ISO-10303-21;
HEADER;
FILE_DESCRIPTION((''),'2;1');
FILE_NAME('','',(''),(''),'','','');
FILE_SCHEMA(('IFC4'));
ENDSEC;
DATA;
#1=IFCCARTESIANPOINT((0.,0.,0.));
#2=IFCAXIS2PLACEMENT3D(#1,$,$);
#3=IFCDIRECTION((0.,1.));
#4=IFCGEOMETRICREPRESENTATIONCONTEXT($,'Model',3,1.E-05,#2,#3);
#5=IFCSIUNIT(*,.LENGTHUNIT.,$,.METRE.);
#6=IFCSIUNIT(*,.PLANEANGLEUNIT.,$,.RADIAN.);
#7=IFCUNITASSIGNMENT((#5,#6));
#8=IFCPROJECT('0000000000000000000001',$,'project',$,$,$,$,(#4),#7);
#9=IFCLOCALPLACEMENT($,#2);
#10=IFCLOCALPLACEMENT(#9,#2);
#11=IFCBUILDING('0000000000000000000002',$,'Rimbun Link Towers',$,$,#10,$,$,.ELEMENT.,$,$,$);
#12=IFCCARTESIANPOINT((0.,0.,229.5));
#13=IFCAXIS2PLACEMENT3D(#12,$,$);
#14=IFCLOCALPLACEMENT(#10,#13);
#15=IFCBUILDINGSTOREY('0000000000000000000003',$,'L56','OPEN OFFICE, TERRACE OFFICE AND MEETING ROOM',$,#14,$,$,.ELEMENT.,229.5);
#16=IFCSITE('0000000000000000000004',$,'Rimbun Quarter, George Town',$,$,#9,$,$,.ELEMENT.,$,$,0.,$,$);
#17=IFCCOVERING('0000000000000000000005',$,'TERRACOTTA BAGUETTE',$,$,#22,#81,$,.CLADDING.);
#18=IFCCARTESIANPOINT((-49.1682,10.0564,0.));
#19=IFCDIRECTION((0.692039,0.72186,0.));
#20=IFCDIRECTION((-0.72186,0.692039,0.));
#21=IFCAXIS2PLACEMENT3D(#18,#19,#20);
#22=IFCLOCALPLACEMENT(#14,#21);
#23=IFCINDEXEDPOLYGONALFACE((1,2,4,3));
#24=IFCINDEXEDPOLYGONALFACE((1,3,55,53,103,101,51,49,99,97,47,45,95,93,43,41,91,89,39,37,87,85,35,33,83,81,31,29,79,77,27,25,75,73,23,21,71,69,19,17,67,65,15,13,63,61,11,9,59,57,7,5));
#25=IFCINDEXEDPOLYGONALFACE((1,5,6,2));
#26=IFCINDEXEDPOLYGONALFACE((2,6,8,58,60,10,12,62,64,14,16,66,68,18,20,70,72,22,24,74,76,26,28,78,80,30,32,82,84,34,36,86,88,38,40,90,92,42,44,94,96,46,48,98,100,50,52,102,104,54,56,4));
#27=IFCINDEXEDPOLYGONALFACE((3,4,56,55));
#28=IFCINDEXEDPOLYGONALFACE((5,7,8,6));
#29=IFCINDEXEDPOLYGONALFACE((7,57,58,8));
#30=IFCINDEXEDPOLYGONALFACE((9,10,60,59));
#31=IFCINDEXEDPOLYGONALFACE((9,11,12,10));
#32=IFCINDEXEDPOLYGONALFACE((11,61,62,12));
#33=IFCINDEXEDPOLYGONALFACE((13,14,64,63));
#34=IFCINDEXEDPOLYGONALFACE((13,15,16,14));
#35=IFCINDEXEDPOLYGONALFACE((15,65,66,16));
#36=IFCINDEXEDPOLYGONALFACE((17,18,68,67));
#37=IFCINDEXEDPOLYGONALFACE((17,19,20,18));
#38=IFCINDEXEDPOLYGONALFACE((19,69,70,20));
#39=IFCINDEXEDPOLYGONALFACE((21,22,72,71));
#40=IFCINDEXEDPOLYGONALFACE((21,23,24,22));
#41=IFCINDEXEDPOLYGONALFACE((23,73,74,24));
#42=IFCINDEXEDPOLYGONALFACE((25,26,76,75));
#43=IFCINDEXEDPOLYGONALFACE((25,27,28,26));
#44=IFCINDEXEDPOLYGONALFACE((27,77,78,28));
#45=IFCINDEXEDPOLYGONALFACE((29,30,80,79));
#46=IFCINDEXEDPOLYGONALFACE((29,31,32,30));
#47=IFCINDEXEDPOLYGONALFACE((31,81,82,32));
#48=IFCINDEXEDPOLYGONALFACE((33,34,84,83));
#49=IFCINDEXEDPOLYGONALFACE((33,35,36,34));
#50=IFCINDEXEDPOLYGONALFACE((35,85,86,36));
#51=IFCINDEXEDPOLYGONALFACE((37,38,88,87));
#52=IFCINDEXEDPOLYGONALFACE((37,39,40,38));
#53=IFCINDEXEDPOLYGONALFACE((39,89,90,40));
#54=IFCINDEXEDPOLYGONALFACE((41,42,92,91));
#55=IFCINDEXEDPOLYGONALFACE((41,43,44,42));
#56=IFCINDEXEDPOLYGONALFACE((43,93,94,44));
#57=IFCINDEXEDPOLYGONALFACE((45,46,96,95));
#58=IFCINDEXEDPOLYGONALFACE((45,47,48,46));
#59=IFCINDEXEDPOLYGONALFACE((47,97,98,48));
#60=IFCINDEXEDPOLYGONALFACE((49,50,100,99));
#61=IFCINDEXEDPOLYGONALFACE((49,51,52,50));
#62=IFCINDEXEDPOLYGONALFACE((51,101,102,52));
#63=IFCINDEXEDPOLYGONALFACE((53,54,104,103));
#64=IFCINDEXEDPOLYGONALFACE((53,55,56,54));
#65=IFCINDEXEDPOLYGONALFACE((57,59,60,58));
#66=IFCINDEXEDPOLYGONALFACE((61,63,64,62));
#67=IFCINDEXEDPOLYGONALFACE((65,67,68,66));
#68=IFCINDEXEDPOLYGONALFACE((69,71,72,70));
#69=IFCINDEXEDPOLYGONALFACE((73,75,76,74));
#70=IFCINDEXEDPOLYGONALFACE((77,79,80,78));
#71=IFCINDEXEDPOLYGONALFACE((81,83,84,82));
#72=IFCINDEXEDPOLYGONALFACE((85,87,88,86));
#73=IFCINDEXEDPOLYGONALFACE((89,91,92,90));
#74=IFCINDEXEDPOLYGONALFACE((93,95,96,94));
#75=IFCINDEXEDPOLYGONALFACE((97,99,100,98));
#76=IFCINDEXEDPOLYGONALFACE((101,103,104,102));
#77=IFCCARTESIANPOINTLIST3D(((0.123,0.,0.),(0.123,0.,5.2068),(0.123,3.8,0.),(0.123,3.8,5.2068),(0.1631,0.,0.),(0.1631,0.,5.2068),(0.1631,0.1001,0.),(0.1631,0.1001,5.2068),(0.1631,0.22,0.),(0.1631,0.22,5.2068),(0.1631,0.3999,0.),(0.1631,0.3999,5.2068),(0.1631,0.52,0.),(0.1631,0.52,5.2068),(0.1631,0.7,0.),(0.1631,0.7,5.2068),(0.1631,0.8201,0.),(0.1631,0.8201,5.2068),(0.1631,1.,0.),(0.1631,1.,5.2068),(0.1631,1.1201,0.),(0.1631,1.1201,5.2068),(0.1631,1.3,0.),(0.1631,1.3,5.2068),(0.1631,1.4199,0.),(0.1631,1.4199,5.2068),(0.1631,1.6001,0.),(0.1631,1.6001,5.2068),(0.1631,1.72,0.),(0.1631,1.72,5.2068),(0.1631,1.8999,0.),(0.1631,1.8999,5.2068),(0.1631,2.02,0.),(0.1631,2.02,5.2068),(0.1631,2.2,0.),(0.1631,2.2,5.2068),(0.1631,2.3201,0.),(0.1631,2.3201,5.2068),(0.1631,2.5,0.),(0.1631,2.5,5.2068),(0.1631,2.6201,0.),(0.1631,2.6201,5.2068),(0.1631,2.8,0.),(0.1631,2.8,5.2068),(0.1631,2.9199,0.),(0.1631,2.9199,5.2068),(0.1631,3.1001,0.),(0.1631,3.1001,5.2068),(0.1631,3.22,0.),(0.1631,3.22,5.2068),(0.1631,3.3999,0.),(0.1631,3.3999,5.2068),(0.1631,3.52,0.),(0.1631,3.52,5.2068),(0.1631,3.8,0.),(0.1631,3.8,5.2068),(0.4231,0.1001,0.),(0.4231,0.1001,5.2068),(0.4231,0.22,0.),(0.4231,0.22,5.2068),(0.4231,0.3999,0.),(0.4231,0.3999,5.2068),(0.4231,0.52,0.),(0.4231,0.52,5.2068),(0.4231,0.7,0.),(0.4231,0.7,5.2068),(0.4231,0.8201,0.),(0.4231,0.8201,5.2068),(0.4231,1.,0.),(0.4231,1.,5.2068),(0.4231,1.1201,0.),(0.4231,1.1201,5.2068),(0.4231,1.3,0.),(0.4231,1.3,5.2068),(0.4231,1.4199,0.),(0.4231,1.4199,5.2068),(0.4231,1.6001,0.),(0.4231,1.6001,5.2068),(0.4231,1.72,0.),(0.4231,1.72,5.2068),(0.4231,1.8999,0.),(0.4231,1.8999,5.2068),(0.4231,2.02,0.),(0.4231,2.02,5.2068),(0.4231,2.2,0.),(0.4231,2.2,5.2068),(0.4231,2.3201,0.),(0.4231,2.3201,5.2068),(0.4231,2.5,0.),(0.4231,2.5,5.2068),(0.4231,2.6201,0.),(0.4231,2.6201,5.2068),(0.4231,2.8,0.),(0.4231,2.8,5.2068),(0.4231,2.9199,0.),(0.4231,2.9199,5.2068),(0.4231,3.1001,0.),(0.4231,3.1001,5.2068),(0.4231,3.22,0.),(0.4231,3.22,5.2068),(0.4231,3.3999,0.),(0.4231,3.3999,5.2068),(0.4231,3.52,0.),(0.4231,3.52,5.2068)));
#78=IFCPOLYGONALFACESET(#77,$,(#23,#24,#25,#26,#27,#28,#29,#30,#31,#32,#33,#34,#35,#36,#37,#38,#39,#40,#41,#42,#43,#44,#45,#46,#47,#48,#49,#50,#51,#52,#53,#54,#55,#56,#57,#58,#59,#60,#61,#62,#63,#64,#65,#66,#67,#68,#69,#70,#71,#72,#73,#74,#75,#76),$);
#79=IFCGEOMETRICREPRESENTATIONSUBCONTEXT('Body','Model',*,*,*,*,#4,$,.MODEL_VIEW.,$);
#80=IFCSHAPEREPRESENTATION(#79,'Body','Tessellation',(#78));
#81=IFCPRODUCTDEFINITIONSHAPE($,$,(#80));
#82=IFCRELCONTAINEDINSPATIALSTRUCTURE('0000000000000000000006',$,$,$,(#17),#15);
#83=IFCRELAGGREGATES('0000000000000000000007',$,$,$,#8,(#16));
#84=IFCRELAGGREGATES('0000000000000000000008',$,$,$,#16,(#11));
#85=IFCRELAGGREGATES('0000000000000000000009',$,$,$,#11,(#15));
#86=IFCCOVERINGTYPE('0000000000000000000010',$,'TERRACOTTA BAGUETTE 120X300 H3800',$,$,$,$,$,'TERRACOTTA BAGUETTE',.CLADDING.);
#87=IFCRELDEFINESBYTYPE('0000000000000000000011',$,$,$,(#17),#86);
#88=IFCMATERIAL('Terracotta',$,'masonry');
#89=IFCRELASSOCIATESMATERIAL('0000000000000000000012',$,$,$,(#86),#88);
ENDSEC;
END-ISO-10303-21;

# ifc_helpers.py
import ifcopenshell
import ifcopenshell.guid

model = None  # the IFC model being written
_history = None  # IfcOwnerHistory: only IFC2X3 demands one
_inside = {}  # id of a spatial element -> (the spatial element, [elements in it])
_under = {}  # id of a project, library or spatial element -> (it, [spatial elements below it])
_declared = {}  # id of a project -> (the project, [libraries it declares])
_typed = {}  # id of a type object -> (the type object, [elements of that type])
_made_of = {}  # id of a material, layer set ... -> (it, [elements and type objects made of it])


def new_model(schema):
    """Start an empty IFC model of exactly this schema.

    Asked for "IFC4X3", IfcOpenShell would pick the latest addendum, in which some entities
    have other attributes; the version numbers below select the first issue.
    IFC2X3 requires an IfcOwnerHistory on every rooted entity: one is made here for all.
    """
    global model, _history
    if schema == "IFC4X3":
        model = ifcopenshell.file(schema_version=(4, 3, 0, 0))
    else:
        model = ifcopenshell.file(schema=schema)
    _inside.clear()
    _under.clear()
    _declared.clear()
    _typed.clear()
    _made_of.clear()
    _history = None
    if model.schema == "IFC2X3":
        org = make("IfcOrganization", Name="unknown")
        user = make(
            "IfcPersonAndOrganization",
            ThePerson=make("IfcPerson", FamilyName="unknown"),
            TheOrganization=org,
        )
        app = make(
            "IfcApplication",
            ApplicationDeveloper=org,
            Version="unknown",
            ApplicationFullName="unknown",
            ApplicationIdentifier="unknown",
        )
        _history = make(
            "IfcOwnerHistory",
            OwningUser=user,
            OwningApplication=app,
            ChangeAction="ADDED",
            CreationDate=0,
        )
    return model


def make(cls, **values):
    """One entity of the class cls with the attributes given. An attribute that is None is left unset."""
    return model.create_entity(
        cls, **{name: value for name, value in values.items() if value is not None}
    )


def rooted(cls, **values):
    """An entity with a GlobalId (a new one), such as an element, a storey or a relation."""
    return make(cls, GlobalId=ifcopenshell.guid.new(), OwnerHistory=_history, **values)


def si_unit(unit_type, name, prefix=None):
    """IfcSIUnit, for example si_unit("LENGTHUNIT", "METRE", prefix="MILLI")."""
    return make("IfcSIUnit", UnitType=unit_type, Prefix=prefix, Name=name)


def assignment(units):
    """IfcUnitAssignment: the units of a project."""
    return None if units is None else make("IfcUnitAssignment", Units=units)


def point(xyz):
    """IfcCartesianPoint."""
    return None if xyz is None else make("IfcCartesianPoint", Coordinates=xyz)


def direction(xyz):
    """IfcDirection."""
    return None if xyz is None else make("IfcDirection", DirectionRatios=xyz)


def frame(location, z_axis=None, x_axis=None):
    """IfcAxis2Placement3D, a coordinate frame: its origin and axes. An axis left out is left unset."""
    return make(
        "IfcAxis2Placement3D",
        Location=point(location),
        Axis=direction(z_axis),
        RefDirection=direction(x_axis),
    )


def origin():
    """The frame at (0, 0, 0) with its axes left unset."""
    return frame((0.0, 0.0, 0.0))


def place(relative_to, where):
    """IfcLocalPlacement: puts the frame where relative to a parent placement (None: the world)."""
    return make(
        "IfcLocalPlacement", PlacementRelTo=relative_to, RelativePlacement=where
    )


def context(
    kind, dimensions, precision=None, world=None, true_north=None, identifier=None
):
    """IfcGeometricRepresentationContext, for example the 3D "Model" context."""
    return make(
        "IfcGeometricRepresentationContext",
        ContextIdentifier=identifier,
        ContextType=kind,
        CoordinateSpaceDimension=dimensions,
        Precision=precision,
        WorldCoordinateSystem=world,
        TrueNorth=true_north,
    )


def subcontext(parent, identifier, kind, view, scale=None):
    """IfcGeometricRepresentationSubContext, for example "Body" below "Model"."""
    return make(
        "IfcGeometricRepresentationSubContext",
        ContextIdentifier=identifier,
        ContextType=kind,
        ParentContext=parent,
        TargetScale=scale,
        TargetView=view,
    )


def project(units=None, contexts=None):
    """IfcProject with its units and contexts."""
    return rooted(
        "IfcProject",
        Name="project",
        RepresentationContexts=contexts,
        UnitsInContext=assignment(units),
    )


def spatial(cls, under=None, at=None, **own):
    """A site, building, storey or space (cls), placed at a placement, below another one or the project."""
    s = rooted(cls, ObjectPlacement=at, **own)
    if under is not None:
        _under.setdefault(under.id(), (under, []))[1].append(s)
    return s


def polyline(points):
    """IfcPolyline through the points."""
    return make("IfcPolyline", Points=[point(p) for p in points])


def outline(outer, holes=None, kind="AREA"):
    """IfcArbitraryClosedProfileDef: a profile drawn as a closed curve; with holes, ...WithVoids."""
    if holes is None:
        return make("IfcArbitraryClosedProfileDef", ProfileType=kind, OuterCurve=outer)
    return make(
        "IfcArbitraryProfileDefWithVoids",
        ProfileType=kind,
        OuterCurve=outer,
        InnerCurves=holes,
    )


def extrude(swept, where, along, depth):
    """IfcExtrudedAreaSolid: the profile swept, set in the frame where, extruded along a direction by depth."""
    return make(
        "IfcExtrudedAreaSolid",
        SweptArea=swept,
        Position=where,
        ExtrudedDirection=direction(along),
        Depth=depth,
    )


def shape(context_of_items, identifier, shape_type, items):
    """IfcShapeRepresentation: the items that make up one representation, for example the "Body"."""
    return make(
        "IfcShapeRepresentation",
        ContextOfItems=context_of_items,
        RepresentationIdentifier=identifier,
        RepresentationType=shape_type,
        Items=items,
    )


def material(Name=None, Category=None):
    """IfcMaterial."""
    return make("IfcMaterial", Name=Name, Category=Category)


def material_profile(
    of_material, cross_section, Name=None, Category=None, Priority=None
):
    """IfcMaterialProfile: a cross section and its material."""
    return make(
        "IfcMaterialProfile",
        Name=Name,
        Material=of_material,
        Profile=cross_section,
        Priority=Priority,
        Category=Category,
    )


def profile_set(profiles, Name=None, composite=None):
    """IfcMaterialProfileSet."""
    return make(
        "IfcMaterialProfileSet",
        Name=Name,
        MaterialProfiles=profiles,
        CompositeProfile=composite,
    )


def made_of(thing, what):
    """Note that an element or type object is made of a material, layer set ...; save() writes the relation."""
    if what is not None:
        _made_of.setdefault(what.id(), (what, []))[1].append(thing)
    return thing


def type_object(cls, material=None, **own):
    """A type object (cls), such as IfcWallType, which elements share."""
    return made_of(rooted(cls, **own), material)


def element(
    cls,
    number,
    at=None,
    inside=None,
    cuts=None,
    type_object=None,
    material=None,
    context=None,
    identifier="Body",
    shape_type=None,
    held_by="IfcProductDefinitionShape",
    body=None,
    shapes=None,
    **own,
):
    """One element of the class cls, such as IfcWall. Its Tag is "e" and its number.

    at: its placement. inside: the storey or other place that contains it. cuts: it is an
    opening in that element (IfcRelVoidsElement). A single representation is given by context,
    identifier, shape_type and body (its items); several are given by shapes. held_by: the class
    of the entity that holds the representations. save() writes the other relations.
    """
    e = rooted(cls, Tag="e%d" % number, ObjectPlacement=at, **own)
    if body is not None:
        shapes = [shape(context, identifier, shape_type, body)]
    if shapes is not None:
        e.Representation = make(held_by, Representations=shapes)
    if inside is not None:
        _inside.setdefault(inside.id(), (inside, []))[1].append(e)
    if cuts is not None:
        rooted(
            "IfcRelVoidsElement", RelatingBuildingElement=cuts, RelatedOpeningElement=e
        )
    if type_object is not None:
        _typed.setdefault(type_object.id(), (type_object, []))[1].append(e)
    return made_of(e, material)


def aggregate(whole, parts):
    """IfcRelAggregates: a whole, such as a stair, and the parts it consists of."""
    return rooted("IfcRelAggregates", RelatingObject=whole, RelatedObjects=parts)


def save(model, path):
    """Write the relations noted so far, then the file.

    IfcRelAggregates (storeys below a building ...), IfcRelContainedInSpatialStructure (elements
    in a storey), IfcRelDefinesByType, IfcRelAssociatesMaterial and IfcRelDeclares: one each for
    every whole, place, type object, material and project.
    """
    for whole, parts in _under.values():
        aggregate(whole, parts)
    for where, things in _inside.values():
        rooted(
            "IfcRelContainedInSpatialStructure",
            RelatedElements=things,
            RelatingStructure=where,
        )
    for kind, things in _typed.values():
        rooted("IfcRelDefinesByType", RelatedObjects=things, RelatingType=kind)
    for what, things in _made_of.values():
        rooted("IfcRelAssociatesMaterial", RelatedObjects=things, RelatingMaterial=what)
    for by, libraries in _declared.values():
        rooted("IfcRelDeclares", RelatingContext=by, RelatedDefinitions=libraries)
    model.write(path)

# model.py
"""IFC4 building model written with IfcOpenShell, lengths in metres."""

from ifc_helpers import new_model, si_unit, direction, frame, origin, place, context, subcontext, project, spatial, polyline, outline, extrude, material, material_profile, profile_set, type_object, element, save


model = new_model("IFC4")

# Units and contexts
model_context = context("Model", 3, precision=1e-05, world=origin(), true_north=direction((0.0, 1.0)))
body_context = subcontext(model_context, "Body", "Model", "MODEL_VIEW")
ifc_project = project(units=[si_unit("LENGTHUNIT", "METRE"), si_unit("PLANEANGLEUNIT", "RADIAN")], contexts=[model_context])

# Site, building, storey
site_placement = place(None, origin())
site = spatial("IfcSite", under=ifc_project, at=site_placement, Name="Rimbun Quarter, George Town", CompositionType="ELEMENT", RefElevation=0.0)
building_placement = place(site_placement, origin())
building = spatial("IfcBuilding", under=site, at=building_placement, Name="Rimbun Link Towers", CompositionType="ELEMENT")
storey_placement = place(building_placement, frame((0.0, 0.0, 229.5)))
storey = spatial("IfcBuildingStorey", under=building, at=storey_placement, Name="L56", Description="OPEN OFFICE, TERRACE OFFICE AND MEETING ROOM", CompositionType="ELEMENT", Elevation=229.5)

# Covering
ifc_material_1 = material(Name="Terracotta", Category="masonry")
ifc_material_profile_1 = material_profile(ifc_material_1, outline(polyline([(0.123, 0.0), (0.1631, 0.0), (0.1631, 0.1001), (0.4231, 0.1001), (0.4231, 0.22), (0.1631, 0.22), (0.1631, 0.3999), (0.4231, 0.3999), (0.4231, 0.52), (0.1631, 0.52), (0.1631, 0.7), (0.4231, 0.7), (0.4231, 0.8201), (0.1631, 0.8201), (0.1631, 1.0), (0.4231, 1.0), (0.4231, 1.1201), (0.1631, 1.1201), (0.1631, 1.3), (0.4231, 1.3), (0.4231, 1.4199), (0.1631, 1.4199), (0.1631, 1.6001), (0.4231, 1.6001), (0.4231, 1.72), (0.1631, 1.72), (0.1631, 1.8999), (0.4231, 1.8999), (0.4231, 2.02), (0.1631, 2.02), (0.1631, 2.2), (0.4231, 2.2), (0.4231, 2.3201), (0.1631, 2.3201), (0.1631, 2.5), (0.4231, 2.5), (0.4231, 2.6201), (0.1631, 2.6201), (0.1631, 2.8), (0.4231, 2.8), (0.4231, 2.9199), (0.1631, 2.9199), (0.1631, 3.1001), (0.4231, 3.1001), (0.4231, 3.22), (0.1631, 3.22), (0.1631, 3.3999), (0.4231, 3.3999), (0.4231, 3.52), (0.1631, 3.52), (0.1631, 3.8), (0.123, 3.8), (0.123, 0.0)])), Name="BAGUETTE 120X300")
ifc_profile_set_1 = profile_set([ifc_material_profile_1], Name="Terracotta")
covering_type = type_object("IfcCoveringType", Name="TERRACOTTA BAGUETTE 120X300 H3800", ElementType="TERRACOTTA BAGUETTE", PredefinedType="CLADDING", material=ifc_profile_set_1)
covering_1_placement = place(storey_placement, frame((-49.1682, 10.0564, 0.0), z_axis=(0.692039, 0.72186, 0.0), x_axis=(-0.72186, 0.692039, 0.0)))
element("IfcCovering", 1, at=covering_1_placement, inside=storey, type_object=covering_type, Name="TERRACOTTA BAGUETTE", PredefinedType="CLADDING", context=body_context, shape_type="SweptSolid", body=[
    extrude(outline(polyline([(0.123, 0.0), (0.1631, 0.0), (0.1631, 0.1001), (0.4231, 0.1001), (0.4231, 0.22), (0.1631, 0.22), (0.1631, 0.3999), (0.4231, 0.3999), (0.4231, 0.52), (0.1631, 0.52), (0.1631, 0.7), (0.4231, 0.7), (0.4231, 0.8201), (0.1631, 0.8201), (0.1631, 1.0), (0.4231, 1.0), (0.4231, 1.1201), (0.1631, 1.1201), (0.1631, 1.3), (0.4231, 1.3), (0.4231, 1.4199), (0.1631, 1.4199), (0.1631, 1.6001), (0.4231, 1.6001), (0.4231, 1.72), (0.1631, 1.72), (0.1631, 1.8999), (0.4231, 1.8999), (0.4231, 2.02), (0.1631, 2.02), (0.1631, 2.2), (0.4231, 2.2), (0.4231, 2.3201), (0.1631, 2.3201), (0.1631, 2.5), (0.4231, 2.5), (0.4231, 2.6201), (0.1631, 2.6201), (0.1631, 2.8), (0.4231, 2.8), (0.4231, 2.9199), (0.1631, 2.9199), (0.1631, 3.1001), (0.4231, 3.1001), (0.4231, 3.22), (0.1631, 3.22), (0.1631, 3.3999), (0.4231, 3.3999), (0.4231, 3.52), (0.1631, 3.52), (0.1631, 3.8), (0.123, 3.8), (0.123, 0.0)])), origin(), (0.0, 0.0, 1.0), 5.2068),
])

save(model, "model.ifc")
